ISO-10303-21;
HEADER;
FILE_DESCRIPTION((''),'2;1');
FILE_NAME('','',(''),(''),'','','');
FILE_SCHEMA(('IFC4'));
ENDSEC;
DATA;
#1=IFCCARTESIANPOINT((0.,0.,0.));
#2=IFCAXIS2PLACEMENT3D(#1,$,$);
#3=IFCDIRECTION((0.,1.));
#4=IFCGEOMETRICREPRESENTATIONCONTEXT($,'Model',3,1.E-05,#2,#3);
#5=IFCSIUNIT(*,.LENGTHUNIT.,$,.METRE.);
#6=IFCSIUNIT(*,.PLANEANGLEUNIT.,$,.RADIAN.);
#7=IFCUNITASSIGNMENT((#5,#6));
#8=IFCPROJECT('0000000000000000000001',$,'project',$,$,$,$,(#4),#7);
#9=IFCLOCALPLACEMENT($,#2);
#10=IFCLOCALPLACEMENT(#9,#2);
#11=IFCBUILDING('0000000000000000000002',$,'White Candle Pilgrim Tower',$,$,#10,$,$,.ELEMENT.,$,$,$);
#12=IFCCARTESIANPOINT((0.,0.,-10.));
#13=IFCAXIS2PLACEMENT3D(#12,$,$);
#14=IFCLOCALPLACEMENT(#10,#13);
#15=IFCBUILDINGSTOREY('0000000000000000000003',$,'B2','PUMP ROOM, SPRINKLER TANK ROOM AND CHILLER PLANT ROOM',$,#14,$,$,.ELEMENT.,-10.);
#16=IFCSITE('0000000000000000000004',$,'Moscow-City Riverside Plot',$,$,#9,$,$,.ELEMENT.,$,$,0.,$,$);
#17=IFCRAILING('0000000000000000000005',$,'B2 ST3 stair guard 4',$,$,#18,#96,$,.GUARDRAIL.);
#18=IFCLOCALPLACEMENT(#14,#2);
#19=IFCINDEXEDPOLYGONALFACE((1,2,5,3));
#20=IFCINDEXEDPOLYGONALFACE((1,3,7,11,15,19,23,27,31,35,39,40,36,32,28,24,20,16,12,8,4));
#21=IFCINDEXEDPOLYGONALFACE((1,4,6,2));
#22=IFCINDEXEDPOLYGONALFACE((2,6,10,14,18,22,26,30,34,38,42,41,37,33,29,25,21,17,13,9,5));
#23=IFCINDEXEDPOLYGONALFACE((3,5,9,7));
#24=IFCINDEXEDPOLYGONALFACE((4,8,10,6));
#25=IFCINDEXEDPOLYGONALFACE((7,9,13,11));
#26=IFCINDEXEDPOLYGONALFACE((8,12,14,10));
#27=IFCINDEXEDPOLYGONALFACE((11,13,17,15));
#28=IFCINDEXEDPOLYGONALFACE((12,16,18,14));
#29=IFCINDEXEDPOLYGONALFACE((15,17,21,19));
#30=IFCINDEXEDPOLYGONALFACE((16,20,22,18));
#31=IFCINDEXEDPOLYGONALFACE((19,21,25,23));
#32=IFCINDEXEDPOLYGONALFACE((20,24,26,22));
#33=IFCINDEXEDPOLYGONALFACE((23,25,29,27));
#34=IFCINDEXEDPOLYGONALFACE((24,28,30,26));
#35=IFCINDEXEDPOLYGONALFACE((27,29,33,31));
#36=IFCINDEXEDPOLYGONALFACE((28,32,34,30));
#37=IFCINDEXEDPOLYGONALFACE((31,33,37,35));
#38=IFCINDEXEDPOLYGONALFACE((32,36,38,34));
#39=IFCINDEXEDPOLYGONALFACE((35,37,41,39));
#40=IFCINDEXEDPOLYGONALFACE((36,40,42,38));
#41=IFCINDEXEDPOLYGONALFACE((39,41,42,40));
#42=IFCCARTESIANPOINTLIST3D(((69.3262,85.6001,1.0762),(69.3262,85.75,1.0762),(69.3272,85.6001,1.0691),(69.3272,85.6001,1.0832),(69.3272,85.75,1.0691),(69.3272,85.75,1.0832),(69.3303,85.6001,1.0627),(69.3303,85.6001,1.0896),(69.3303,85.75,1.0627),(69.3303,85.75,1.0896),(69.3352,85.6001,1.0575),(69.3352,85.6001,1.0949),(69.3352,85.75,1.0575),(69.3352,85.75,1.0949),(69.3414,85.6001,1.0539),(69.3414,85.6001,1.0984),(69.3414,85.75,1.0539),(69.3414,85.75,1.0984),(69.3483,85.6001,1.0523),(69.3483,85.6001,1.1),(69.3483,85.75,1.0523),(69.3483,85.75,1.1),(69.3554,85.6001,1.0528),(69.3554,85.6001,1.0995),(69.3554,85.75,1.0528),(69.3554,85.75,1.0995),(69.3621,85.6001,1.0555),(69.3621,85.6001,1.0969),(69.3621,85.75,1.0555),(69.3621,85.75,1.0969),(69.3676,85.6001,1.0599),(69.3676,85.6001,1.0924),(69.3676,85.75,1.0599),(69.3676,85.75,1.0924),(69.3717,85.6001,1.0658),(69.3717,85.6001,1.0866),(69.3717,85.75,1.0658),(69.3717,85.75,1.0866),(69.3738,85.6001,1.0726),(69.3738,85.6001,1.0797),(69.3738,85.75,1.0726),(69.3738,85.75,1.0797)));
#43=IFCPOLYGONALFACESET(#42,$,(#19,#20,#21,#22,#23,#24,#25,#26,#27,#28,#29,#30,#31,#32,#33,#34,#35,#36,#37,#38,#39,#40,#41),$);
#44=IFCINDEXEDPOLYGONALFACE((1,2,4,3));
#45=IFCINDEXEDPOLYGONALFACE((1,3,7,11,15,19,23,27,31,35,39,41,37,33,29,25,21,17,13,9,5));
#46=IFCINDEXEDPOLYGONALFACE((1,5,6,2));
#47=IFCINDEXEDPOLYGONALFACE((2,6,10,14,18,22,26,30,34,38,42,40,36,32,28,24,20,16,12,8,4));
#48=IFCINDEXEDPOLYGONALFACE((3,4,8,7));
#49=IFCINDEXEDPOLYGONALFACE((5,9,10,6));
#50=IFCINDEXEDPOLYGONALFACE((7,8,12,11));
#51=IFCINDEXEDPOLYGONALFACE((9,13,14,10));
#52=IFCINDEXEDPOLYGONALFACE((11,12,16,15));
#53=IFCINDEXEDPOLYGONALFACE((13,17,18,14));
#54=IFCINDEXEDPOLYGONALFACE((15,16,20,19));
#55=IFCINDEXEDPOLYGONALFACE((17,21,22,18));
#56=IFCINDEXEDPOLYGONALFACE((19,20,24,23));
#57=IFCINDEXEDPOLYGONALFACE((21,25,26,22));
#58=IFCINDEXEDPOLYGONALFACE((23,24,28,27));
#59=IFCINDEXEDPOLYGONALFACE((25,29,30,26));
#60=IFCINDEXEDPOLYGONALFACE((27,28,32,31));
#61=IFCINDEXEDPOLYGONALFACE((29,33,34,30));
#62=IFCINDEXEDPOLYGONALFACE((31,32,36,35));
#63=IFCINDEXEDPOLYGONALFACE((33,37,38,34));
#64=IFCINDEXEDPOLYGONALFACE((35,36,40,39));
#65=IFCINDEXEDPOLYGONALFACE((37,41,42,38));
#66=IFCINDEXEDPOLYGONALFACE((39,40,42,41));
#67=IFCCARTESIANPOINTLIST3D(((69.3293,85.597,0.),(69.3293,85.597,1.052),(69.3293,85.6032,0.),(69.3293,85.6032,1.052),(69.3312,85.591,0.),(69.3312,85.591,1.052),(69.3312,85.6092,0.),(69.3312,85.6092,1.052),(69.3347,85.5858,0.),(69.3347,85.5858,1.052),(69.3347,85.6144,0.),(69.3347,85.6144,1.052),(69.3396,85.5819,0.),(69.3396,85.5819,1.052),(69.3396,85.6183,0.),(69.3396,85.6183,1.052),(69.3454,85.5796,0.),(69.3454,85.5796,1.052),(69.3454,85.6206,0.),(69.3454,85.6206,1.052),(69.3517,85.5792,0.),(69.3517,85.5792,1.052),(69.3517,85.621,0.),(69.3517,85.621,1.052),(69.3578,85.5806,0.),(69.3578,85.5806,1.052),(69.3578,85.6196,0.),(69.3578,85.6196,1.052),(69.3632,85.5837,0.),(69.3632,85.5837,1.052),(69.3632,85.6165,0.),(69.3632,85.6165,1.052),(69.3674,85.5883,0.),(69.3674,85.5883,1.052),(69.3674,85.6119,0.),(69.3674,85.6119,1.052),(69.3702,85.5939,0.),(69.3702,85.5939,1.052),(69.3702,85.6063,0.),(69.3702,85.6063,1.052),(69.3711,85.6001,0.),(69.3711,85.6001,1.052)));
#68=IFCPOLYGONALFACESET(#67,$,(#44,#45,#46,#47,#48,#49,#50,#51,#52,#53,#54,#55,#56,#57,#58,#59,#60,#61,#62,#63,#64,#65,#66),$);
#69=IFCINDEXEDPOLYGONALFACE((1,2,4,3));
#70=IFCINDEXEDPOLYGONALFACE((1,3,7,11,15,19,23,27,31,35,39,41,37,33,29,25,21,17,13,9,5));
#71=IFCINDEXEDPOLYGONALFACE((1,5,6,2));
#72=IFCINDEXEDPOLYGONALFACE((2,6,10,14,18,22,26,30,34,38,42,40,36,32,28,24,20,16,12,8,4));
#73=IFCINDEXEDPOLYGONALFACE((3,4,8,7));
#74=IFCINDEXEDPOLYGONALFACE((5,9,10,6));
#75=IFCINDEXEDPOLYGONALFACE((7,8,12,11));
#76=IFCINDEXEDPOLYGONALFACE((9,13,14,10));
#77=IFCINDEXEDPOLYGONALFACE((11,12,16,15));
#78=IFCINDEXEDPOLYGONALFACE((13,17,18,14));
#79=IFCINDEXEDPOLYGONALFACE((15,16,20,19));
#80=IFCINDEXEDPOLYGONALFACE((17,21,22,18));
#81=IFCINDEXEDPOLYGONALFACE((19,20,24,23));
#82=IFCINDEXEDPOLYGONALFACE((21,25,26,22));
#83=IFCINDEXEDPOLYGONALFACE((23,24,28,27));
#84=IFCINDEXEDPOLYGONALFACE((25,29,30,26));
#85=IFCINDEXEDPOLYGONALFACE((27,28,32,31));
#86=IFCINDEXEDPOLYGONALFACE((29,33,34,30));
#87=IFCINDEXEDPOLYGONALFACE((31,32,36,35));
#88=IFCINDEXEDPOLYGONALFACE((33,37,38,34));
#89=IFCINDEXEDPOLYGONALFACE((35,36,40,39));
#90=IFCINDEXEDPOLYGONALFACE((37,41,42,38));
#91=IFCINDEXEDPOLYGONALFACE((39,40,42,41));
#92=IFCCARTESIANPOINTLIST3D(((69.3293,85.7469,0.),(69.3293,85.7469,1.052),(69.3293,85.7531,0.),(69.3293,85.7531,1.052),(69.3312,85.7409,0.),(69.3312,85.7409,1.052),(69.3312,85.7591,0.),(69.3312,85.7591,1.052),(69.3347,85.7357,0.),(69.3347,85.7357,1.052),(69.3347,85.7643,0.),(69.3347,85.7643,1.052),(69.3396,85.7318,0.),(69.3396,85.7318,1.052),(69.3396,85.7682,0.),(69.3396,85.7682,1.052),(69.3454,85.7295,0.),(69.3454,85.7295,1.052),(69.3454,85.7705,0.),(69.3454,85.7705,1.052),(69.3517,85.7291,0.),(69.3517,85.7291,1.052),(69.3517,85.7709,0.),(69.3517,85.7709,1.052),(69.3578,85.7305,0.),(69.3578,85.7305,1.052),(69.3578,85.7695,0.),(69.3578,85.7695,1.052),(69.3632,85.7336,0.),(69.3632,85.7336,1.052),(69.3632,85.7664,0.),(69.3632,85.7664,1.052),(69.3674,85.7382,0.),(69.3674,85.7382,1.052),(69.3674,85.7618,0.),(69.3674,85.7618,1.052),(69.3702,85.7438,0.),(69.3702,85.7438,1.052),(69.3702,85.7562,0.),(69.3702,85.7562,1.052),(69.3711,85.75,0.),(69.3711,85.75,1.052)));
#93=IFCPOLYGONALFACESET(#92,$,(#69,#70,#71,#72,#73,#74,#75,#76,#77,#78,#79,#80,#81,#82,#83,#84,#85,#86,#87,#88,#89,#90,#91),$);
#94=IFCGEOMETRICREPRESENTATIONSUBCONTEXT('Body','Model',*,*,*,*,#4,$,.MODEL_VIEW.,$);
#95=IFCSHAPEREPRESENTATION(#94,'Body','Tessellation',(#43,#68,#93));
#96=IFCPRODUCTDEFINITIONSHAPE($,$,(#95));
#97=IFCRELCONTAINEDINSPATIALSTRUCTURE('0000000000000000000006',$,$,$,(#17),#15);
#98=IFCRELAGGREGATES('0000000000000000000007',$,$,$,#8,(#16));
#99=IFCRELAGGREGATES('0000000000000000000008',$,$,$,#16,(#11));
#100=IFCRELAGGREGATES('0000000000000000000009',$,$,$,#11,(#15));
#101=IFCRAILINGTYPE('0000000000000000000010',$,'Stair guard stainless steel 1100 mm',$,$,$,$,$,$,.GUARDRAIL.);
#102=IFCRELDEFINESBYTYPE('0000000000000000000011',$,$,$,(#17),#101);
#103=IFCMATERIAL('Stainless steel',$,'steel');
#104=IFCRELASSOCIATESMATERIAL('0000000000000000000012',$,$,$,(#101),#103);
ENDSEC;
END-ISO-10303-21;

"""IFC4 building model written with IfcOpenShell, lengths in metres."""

from ifc_helpers import new_model, si_unit, direction, frame, origin, origin_2d, place, context, subcontext, project, spatial, circle, extrude, material, type_object, element, save


model = new_model("IFC4")

# Units and contexts
model_context = context("Model", 3, precision=1e-05, world=origin(), true_north=direction((0.0, 1.0)))
body_context = subcontext(model_context, "Body", "Model", "MODEL_VIEW")
ifc_project = project(units=[si_unit("LENGTHUNIT", "METRE"), si_unit("PLANEANGLEUNIT", "RADIAN")], contexts=[model_context])

# Site, building, storey
site_placement = place(None, origin())
site = spatial("IfcSite", under=ifc_project, at=site_placement, Name="Moscow-City Riverside Plot", CompositionType="ELEMENT", RefElevation=0.0)
building_placement = place(site_placement, origin())
building = spatial("IfcBuilding", under=site, at=building_placement, Name="White Candle Pilgrim Tower", CompositionType="ELEMENT")
storey_placement = place(building_placement, frame((0.0, 0.0, -10.0)))
storey = spatial("IfcBuildingStorey", under=building, at=storey_placement, Name="B2", Description="PUMP ROOM, SPRINKLER TANK ROOM AND CHILLER PLANT ROOM", CompositionType="ELEMENT", Elevation=-10.0)

# Railing
ifc_material_1 = material(Name="Stainless steel", Category="steel")
railing_type_1 = type_object("IfcRailingType", Name="Stair guard stainless steel 1100 mm", PredefinedType="GUARDRAIL", material=ifc_material_1)
railing_1_placement = place(storey_placement, frame((69.3501, 85.6001, 0.0)))
element("IfcRailing", 1, at=railing_1_placement, inside=storey, type_object=railing_type_1, Name="B2 ST3 stair guard 4", PredefinedType="GUARDRAIL", context=body_context, shape_type="SweptSolid", body=[
    extrude(circle(Radius=0.0239, at=origin_2d()), frame((0.0, 0.0, 1.0762), z_axis=(0.0, 1.0, 0.0), x_axis=(-1.0, 0.0, 0.0)), (0.0, 0.0, 1.0), 0.1499),
    extrude(circle(Radius=0.021, at=origin_2d()), origin(), (0.0, 0.0, 1.0), 1.052),
    extrude(circle(Radius=0.021, at=origin_2d()), frame((0.0, 0.1499, 0.0)), (0.0, 0.0, 1.0), 1.052),
])

save(model, "model.ifc")
